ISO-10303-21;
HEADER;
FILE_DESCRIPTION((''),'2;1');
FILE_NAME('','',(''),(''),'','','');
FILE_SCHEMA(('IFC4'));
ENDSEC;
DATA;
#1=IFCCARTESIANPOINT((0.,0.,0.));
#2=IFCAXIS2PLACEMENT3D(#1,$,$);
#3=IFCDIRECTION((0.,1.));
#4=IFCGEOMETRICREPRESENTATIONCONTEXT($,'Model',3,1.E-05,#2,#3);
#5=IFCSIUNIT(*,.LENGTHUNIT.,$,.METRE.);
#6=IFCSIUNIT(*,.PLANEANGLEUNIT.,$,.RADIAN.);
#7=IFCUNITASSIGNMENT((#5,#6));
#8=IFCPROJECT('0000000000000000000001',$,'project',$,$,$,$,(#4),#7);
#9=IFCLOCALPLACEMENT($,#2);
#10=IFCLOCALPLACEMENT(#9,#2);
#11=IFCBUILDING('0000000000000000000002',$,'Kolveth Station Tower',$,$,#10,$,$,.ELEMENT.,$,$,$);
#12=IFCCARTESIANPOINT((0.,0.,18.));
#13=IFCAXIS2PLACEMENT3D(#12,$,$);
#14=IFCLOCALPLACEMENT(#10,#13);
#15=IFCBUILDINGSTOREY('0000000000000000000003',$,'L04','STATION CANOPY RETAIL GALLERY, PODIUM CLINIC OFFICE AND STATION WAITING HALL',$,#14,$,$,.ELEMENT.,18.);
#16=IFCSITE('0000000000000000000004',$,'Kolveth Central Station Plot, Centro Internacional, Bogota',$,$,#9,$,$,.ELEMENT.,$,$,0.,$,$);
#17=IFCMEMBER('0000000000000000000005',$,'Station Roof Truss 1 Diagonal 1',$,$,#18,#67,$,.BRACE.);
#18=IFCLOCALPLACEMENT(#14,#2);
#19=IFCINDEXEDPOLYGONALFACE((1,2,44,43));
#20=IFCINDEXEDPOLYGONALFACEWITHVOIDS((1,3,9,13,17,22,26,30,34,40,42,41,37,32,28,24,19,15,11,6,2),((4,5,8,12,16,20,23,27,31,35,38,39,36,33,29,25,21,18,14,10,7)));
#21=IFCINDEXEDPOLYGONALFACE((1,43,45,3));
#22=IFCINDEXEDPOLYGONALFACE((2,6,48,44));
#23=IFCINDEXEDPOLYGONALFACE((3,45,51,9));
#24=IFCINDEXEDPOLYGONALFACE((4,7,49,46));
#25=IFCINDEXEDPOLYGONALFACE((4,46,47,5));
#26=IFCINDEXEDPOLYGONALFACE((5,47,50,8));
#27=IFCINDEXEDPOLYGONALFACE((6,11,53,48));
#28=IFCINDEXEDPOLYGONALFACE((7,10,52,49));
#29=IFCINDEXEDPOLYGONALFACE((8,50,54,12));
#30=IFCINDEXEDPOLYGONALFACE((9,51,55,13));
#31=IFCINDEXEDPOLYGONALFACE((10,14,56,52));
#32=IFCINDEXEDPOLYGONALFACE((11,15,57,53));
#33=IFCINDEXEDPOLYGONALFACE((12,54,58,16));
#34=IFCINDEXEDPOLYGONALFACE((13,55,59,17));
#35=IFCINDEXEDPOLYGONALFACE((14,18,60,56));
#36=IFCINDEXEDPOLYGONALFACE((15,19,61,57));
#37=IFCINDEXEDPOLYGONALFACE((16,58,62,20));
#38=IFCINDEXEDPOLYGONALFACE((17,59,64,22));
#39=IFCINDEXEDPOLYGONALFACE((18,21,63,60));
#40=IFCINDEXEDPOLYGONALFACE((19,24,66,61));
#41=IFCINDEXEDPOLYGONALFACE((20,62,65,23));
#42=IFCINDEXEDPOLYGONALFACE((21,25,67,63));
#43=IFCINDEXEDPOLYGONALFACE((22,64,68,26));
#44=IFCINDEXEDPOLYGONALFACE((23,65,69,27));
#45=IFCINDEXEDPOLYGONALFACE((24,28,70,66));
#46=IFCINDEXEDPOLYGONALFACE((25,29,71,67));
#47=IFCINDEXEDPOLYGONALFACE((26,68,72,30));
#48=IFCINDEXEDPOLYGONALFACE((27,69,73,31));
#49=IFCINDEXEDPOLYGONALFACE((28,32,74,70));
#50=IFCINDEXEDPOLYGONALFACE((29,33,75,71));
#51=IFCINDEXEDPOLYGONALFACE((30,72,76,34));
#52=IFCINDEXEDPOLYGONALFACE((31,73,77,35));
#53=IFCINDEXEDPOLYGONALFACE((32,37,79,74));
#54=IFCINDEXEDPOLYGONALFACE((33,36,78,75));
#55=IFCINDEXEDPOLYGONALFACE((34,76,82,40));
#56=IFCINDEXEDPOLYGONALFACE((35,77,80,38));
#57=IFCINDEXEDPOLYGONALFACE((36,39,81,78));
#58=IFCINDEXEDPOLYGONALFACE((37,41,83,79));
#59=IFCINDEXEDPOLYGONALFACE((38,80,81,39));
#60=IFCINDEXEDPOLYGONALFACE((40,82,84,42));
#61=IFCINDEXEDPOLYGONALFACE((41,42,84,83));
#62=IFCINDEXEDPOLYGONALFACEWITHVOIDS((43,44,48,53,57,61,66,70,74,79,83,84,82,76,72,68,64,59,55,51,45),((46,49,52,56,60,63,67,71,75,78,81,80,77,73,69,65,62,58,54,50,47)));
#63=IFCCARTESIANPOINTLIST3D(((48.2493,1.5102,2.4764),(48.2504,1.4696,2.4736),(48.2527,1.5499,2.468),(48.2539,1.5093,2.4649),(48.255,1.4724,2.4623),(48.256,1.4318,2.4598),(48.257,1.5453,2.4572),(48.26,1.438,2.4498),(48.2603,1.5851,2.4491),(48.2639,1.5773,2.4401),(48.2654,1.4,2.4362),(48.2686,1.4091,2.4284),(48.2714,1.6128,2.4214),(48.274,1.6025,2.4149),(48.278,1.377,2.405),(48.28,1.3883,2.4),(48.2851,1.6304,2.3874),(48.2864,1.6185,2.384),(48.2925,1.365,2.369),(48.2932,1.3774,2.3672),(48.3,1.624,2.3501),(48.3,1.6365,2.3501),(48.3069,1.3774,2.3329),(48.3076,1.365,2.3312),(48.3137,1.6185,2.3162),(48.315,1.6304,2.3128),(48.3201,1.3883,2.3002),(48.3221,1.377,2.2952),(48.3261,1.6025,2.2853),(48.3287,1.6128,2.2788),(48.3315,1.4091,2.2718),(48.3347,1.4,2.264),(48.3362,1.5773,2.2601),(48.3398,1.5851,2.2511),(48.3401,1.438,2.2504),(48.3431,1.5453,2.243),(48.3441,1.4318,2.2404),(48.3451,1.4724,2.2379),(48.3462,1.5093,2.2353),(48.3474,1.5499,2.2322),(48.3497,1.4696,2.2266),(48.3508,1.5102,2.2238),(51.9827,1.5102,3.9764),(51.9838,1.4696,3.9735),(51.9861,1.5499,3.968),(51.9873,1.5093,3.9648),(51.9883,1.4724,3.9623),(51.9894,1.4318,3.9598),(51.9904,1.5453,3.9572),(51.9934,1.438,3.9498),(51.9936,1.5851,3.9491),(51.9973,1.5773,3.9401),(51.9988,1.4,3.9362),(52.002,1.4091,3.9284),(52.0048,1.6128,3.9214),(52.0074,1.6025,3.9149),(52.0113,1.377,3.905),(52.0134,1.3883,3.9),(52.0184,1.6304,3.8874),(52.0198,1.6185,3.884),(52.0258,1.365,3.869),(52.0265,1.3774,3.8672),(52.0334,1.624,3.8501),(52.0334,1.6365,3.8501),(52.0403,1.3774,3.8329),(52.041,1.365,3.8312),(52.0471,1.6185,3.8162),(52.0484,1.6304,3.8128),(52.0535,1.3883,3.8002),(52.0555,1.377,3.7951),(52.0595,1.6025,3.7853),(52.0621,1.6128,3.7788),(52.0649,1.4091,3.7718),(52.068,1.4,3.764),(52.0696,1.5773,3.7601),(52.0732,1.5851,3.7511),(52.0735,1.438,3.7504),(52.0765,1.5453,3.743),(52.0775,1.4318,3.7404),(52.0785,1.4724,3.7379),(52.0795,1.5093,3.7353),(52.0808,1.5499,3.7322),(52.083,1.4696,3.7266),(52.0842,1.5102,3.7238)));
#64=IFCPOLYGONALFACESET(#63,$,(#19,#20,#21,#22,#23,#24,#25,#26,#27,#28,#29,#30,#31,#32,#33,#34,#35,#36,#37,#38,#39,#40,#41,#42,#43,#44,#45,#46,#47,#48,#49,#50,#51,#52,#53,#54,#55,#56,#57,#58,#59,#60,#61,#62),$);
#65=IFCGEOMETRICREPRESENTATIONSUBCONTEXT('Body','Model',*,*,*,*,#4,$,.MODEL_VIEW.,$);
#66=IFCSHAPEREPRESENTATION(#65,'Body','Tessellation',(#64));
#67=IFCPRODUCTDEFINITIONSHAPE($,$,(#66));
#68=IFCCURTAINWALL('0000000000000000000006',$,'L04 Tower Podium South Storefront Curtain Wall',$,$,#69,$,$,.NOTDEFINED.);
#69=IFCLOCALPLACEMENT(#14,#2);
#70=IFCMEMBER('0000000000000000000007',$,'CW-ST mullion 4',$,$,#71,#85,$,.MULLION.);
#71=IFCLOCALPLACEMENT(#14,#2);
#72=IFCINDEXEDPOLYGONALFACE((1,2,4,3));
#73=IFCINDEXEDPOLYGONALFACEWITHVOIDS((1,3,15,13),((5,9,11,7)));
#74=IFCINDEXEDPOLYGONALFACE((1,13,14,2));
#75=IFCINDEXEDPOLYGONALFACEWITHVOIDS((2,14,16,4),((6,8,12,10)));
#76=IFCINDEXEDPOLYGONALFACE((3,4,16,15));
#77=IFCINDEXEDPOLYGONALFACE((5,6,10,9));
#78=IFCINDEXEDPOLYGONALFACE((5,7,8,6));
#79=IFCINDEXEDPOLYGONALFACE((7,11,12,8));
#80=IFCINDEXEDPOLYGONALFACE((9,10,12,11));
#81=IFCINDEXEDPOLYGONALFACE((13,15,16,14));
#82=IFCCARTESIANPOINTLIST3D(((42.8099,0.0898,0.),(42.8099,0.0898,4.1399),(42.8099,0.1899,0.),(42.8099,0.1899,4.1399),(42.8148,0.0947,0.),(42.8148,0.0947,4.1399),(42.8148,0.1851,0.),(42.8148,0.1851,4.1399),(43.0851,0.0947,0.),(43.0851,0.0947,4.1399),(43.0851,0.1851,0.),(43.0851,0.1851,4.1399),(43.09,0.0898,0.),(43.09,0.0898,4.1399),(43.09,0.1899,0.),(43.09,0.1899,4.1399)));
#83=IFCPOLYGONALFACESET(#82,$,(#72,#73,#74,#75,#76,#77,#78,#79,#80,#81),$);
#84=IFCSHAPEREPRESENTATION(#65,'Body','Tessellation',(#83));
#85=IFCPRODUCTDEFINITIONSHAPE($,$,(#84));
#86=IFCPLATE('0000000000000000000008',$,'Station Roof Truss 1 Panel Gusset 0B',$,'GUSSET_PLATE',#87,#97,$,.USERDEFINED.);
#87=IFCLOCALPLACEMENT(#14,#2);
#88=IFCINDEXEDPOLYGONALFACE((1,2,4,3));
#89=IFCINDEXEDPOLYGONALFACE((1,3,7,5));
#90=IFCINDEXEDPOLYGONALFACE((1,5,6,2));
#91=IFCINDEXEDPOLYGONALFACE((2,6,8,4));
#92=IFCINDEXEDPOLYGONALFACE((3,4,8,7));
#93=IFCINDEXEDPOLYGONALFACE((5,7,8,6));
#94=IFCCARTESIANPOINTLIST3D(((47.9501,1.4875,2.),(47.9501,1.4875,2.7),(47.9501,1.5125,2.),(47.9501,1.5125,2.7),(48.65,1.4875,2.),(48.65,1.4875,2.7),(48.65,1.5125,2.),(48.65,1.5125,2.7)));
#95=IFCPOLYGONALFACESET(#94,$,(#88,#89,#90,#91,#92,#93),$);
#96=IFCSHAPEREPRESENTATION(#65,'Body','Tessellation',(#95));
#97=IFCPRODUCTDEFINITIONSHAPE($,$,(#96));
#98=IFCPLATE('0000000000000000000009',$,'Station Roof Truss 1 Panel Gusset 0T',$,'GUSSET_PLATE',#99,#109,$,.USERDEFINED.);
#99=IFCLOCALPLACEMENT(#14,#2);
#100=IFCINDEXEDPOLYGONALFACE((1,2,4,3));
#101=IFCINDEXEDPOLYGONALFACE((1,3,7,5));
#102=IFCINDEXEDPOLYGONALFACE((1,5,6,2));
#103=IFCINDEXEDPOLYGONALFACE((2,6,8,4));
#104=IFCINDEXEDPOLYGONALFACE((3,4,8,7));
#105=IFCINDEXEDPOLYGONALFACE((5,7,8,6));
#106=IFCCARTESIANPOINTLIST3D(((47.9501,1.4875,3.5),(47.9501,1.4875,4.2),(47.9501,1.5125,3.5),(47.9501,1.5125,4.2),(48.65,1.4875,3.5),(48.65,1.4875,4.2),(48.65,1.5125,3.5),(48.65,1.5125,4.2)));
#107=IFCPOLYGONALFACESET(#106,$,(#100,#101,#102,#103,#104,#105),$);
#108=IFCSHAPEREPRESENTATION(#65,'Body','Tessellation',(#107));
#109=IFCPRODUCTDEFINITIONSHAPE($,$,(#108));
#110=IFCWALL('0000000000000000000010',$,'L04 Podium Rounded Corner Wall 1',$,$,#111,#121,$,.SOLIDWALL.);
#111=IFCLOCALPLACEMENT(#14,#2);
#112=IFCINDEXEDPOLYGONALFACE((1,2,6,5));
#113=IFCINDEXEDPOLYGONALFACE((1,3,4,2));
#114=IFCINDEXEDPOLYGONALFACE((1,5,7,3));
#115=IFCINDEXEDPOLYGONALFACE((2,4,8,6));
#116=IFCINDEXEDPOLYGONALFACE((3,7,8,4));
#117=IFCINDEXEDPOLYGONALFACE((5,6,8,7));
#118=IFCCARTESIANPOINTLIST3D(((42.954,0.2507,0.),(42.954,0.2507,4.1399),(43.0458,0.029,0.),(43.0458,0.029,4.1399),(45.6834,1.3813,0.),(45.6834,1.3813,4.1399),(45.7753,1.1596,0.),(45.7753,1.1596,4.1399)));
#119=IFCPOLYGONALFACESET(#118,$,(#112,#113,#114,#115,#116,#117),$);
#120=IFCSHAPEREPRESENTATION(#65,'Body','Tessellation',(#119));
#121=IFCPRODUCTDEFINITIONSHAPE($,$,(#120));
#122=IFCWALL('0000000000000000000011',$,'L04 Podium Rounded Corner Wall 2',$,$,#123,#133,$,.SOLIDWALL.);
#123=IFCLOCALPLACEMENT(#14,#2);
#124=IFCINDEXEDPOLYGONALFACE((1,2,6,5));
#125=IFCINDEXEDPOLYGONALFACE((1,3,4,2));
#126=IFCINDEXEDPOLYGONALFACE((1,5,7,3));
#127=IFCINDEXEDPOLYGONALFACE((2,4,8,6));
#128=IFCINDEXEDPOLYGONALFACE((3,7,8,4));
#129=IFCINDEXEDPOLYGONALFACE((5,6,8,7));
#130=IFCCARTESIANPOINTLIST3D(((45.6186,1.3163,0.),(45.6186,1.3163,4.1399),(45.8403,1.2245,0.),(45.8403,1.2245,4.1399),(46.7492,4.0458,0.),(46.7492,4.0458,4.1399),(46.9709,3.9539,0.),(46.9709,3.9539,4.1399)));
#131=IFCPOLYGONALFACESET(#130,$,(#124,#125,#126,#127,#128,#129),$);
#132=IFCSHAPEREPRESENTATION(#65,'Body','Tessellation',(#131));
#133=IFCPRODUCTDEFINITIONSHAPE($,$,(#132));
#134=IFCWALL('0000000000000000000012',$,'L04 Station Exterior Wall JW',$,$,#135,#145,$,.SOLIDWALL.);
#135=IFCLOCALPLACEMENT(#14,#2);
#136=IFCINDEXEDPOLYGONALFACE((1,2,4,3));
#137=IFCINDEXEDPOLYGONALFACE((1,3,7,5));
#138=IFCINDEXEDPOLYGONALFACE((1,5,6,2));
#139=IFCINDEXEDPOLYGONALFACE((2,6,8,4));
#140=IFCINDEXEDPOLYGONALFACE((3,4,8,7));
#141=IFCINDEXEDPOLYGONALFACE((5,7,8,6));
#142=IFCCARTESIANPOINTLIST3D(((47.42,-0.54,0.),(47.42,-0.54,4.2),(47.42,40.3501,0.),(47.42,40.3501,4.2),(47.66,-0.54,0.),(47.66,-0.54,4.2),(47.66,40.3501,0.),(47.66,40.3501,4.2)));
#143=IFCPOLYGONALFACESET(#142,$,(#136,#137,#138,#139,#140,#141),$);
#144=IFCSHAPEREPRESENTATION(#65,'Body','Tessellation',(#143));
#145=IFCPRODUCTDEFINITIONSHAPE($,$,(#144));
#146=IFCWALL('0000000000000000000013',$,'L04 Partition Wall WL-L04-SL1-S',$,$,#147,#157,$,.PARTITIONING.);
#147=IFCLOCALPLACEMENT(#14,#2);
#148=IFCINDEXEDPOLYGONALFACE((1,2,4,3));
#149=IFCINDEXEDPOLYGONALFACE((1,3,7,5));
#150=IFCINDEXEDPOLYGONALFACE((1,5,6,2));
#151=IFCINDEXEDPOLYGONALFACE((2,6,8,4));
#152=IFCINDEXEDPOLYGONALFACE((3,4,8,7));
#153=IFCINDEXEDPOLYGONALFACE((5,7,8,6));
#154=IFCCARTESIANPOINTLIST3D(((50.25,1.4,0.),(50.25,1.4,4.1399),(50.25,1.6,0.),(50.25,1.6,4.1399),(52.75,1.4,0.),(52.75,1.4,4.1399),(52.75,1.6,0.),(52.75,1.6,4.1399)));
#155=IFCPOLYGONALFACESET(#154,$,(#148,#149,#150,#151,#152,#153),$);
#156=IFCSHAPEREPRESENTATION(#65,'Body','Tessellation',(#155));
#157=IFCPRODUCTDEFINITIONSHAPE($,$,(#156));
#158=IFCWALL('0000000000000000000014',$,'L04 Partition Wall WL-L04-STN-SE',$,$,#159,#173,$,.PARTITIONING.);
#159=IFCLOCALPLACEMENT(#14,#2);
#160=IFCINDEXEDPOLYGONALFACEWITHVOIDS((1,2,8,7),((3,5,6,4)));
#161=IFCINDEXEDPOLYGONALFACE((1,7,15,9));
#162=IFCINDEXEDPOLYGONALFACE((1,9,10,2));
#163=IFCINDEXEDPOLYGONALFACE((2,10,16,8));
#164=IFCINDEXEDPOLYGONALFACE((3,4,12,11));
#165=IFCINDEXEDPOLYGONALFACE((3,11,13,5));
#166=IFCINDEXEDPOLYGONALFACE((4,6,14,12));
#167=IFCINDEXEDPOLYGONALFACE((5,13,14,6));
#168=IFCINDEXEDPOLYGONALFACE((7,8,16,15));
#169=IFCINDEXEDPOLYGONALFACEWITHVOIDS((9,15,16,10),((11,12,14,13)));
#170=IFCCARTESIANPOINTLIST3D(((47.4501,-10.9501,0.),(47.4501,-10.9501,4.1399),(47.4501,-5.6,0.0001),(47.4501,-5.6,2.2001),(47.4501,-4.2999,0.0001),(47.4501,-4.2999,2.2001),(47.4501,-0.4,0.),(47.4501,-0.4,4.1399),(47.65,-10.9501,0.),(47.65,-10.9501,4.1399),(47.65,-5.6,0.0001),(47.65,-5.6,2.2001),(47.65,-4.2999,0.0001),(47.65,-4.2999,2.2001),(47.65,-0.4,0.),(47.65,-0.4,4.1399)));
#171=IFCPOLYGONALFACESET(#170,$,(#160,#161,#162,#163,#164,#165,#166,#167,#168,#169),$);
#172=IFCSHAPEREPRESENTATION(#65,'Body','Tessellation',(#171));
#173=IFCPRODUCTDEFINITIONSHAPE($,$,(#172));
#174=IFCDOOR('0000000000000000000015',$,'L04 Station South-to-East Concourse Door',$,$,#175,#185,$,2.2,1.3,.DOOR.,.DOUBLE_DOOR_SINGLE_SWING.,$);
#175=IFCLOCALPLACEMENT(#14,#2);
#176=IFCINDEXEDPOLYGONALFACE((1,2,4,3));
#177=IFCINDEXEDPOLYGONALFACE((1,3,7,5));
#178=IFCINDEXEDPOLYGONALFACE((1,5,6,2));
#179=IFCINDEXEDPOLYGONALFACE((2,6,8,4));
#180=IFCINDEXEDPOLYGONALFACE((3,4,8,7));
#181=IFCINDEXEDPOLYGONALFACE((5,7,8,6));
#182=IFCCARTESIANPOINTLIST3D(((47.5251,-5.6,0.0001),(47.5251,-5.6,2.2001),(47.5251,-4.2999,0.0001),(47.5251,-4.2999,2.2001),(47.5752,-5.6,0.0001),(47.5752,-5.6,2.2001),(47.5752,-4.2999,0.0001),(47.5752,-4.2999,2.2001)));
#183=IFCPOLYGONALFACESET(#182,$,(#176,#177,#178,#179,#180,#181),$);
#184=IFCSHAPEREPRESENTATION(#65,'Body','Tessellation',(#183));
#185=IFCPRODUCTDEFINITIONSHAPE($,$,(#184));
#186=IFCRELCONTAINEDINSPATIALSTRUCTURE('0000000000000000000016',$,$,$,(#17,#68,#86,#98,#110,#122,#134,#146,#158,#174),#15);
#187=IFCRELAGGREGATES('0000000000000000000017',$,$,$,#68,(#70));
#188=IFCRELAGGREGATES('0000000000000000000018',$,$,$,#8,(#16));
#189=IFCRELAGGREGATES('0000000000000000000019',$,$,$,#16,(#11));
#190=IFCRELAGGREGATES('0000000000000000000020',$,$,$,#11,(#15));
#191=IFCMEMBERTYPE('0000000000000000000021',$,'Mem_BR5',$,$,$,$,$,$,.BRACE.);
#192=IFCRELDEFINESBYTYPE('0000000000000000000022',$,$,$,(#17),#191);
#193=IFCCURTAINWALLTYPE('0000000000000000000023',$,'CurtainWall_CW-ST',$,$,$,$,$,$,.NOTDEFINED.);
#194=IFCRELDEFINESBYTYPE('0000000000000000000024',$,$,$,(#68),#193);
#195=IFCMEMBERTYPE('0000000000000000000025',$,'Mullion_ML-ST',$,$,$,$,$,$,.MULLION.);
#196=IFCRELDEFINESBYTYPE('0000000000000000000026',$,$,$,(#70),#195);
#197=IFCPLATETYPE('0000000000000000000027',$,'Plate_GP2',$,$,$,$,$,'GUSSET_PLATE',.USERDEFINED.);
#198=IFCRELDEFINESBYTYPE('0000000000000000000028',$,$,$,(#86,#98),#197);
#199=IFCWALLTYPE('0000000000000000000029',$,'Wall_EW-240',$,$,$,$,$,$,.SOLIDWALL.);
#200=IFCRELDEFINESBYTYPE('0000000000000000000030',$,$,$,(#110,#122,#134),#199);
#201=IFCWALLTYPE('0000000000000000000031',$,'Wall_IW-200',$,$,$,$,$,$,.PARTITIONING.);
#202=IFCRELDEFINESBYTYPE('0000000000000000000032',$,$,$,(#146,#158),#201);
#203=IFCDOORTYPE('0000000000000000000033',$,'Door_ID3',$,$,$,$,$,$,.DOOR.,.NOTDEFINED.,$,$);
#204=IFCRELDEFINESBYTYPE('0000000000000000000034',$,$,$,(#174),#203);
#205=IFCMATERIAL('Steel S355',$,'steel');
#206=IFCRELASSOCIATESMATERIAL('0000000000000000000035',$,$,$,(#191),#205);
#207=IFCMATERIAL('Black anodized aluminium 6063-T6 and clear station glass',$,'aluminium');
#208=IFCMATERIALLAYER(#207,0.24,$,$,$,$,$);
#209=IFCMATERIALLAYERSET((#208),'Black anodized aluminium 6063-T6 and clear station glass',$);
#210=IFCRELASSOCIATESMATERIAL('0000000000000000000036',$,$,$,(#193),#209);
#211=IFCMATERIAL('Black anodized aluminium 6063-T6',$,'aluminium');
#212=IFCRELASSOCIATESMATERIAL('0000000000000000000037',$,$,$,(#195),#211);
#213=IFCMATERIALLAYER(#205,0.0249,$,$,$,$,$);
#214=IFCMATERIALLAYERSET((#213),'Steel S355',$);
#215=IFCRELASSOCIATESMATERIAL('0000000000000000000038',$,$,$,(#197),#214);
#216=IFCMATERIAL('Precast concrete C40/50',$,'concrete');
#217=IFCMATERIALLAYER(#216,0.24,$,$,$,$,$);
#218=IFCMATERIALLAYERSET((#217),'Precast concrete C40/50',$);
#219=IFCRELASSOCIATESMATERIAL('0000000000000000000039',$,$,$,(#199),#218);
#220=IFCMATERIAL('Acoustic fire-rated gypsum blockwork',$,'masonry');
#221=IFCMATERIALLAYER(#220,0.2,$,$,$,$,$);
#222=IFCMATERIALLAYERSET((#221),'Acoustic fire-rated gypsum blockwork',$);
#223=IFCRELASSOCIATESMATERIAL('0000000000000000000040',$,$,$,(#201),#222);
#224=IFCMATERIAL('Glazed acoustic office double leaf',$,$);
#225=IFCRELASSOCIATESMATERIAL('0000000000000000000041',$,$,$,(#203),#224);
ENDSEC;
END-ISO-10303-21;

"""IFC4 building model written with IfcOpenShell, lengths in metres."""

from ifc_helpers import new_model, si_unit, direction, frame, frame_2d, origin, origin_2d, place, context, subcontext, project, spatial, rectangle, hollow_rectangle, hollow_circle, extrude, source, transform, mapped, material, layer, layer_set, material_profile, profile_set, type_object, element, fill, aggregate, save


model = new_model("IFC4")

# Units and contexts
model_context = context("Model", 3, precision=1e-05, world=origin(), true_north=direction((0.0, 1.0)))
body_context = subcontext(model_context, "Body", "Model", "MODEL_VIEW")
ifc_project = project(units=[si_unit("LENGTHUNIT", "METRE"), si_unit("PLANEANGLEUNIT", "RADIAN")], contexts=[model_context])

# Site, building, storey
site_placement = place(None, origin())
site = spatial("IfcSite", under=ifc_project, at=site_placement, Name="Kolveth Central Station Plot, Centro Internacional, Bogota", CompositionType="ELEMENT", RefElevation=0.0)
building_placement = place(site_placement, origin())
building = spatial("IfcBuilding", under=site, at=building_placement, Name="Kolveth Station Tower", CompositionType="ELEMENT")
storey_placement = place(building_placement, frame((0.0, 0.0, 18.0)))
storey = spatial("IfcBuildingStorey", under=building, at=storey_placement, Name="L04", Description="STATION CANOPY RETAIL GALLERY, PODIUM CLINIC OFFICE AND STATION WAITING HALL", CompositionType="ELEMENT", Elevation=18.0)

# Shared definitions
ifc_material_1 = material(Name="Steel S355", Category="steel")

# Member
ifc_material_profile_1 = material_profile(ifc_material_1, hollow_circle(Radius=0.1365, WallThickness=0.0125, at=origin_2d()), Name="CHS273x12.5")
ifc_profile_set_1 = profile_set([ifc_material_profile_1], Name="Steel S355")
member_type_1 = type_object("IfcMemberType", Name="Mem_BR5", PredefinedType="BRACE", material=ifc_profile_set_1)
shared_shape_1 = source(origin(), body_context, "Body", "SweptSolid", [
    extrude(hollow_circle(Radius=0.1365, WallThickness=0.0125, at=origin_2d()), origin(), (0.0, 0.0, 1.0), 4.0234),
])
member_1_placement = place(storey_placement, frame((48.3, 1.5, 2.3501), z_axis=(0.927906, 0.0, 0.372813), x_axis=(0.0, 1.0, 0.0)))
element("IfcMember", 1, at=member_1_placement, inside=storey, type_object=member_type_1, Name="Station Roof Truss 1 Diagonal 1", PredefinedType="BRACE", context=body_context, shape_type="MappedRepresentation", body=[
    mapped(shared_shape_1, transform((0.0, 0.0, 0.0), x_axis=(1.0, 0.0, 0.0), y_axis=(0.0, 1.0, 0.0), z_axis=(0.0, 0.0, 1.0), scale=1.0)),
])

# Curtain wall, member
ifc_material_2 = material(Name="Black anodized aluminium 6063-T6 and clear station glass", Category="aluminium")
ifc_layer_1 = layer(ifc_material_2, 0.24)
ifc_layer_set_1 = layer_set([ifc_layer_1], Name="Black anodized aluminium 6063-T6 and clear station glass")
curtain_wall_type = type_object("IfcCurtainWallType", Name="CurtainWall_CW-ST", PredefinedType="NOTDEFINED", material=ifc_layer_set_1)
curtain_wall_placement = place(storey_placement, origin())
curtain_wall = element("IfcCurtainWall", 2, at=curtain_wall_placement, inside=storey, type_object=curtain_wall_type, Name="L04 Tower Podium South Storefront Curtain Wall", PredefinedType="NOTDEFINED")
ifc_material_3 = material(Name="Black anodized aluminium 6063-T6", Category="aluminium")
ifc_material_profile_2 = material_profile(ifc_material_3, hollow_rectangle(XDim=0.1001, YDim=0.28, WallThickness=0.0049, at=origin_2d()), Name="ALU-100x280x5")
ifc_profile_set_2 = profile_set([ifc_material_profile_2], Name="Black anodized aluminium 6063-T6")
member_type_2 = type_object("IfcMemberType", Name="Mullion_ML-ST", PredefinedType="MULLION", material=ifc_profile_set_2)
shared_shape_2 = source(origin(), body_context, "Body", "SweptSolid", [
    extrude(hollow_rectangle(XDim=0.1001, YDim=0.28, WallThickness=0.0049, at=origin_2d()), origin(), (0.0, 0.0, 1.0), 4.1399),
])
member_2_placement = place(storey_placement, frame((42.95, 0.1399, 0.0), z_axis=(0.0, 0.0, 1.0), x_axis=(0.0, 1.0, 0.0)))
member_2 = element("IfcMember", 3, at=member_2_placement, type_object=member_type_2, Name="CW-ST mullion 4", PredefinedType="MULLION", context=body_context, shape_type="MappedRepresentation", body=[
    mapped(shared_shape_2, transform((0.0, 0.0, 0.0), x_axis=(1.0, 0.0, 0.0), y_axis=(0.0, 1.0, 0.0), z_axis=(0.0, 0.0, 1.0), scale=1.0)),
])
aggregate(curtain_wall, [member_2])

# Plates
ifc_layer_2 = layer(ifc_material_1, 0.0249)
ifc_layer_set_2 = layer_set([ifc_layer_2], Name="Steel S355")
plate_type = type_object("IfcPlateType", Name="Plate_GP2", ElementType="GUSSET_PLATE", PredefinedType="USERDEFINED", material=ifc_layer_set_2)
shared_shape_3 = source(origin(), body_context, "Body", "SweptSolid", [
    extrude(rectangle(XDim=0.7, YDim=0.0249, at=origin_2d()), origin(), (0.0, 0.0, 1.0), 0.7),
])
for number, where, z_axis, x_axis, name in (
    (4, (48.3, 1.5, 2.0), (0.0, 0.0, 1.0), (1.0, 0.0, 0.0), "Station Roof Truss 1 Panel Gusset 0B"),
    (5, (48.3, 1.5, 3.5), (0.0, 0.0, 1.0), (1.0, 0.0, 0.0), "Station Roof Truss 1 Panel Gusset 0T"),
):
    element("IfcPlate", number, at=place(storey_placement, frame(where, z_axis=z_axis, x_axis=x_axis)), inside=storey, type_object=plate_type, Name=name, ObjectType="GUSSET_PLATE", PredefinedType="USERDEFINED", context=body_context, shape_type="MappedRepresentation", body=[
        mapped(shared_shape_3, transform((0.0, 0.0, 0.0), x_axis=(1.0, 0.0, 0.0), y_axis=(0.0, 1.0, 0.0), z_axis=(0.0, 0.0, 1.0), scale=1.0)),
    ])

# Walls
ifc_material_4 = material(Name="Precast concrete C40/50", Category="concrete")
ifc_layer_3 = layer(ifc_material_4, 0.24)
ifc_layer_set_3 = layer_set([ifc_layer_3], Name="Precast concrete C40/50")
wall_type_1 = type_object("IfcWallType", Name="Wall_EW-240", PredefinedType="SOLIDWALL", material=ifc_layer_set_3)
for number, where, z_axis, x_axis, name in (
    (6, (43.0, 0.1399, 0.0), (0.0, 0.0, 1.0), (0.923877, 0.38269, 0.0), "L04 Podium Rounded Corner Wall 1"),
    (7, (45.7295, 1.2705, 0.0), (0.0, 0.0, 1.0), (0.38269, 0.923877, 0.0), "L04 Podium Rounded Corner Wall 2"),
):
    element("IfcWall", number, at=place(storey_placement, frame(where, z_axis=z_axis, x_axis=x_axis)), inside=storey, type_object=wall_type_1, Name=name, PredefinedType="SOLIDWALL", context=body_context, shape_type="SweptSolid", body=[
        extrude(rectangle(XDim=2.9543, YDim=0.24, at=frame_2d((1.4771, 0.0))), origin(), (0.0, 0.0, 1.0), 4.1399),
    ])
wall_1_placement = place(storey_placement, frame((47.54, -0.54, 0.0), z_axis=(0.0, 0.0, 1.0), x_axis=(0.0, 1.0, 0.0)))
element("IfcWall", 8, at=wall_1_placement, inside=storey, type_object=wall_type_1, Name="L04 Station Exterior Wall JW", PredefinedType="SOLIDWALL", context=body_context, shape_type="SweptSolid", body=[
    extrude(rectangle(XDim=40.8901, YDim=0.24, at=frame_2d((20.4451, 0.0))), origin(), (0.0, 0.0, 1.0), 4.2),
])
ifc_material_5 = material(Name="Acoustic fire-rated gypsum blockwork", Category="masonry")
ifc_layer_4 = layer(ifc_material_5, 0.2)
ifc_layer_set_4 = layer_set([ifc_layer_4], Name="Acoustic fire-rated gypsum blockwork")
wall_type_2 = type_object("IfcWallType", Name="Wall_IW-200", PredefinedType="PARTITIONING", material=ifc_layer_set_4)
wall_2_placement = place(storey_placement, frame((50.25, 1.5, 0.0), z_axis=(0.0, 0.0, 1.0), x_axis=(1.0, 0.0, 0.0)))
element("IfcWall", 9, at=wall_2_placement, inside=storey, type_object=wall_type_2, Name="L04 Partition Wall WL-L04-SL1-S", PredefinedType="PARTITIONING", context=body_context, shape_type="SweptSolid", body=[
    extrude(rectangle(XDim=2.5, YDim=0.2, at=frame_2d((1.25, 0.0))), origin(), (0.0, 0.0, 1.0), 4.1399),
])

# Wall, opening, door
wall_3_placement = place(storey_placement, frame((47.55, -10.95, 0.0), z_axis=(0.0, 0.0, 1.0), x_axis=(0.0, 1.0, 0.0)))
wall_3 = element("IfcWall", 10, at=wall_3_placement, inside=storey, type_object=wall_type_2, Name="L04 Partition Wall WL-L04-STN-SE", PredefinedType="PARTITIONING", context=body_context, shape_type="SweptSolid", body=[
    extrude(rectangle(XDim=10.55, YDim=0.2, at=frame_2d((5.2749, 0.0))), origin(), (0.0, 0.0, 1.0), 4.1399),
])
opening_placement = place(wall_3_placement, frame((5.3501, 0.0, 0.0)))
opening = element("IfcOpeningElement", 11, at=opening_placement, cuts=wall_3, PredefinedType="OPENING", context=body_context, shape_type="SweptSolid", body=[
    extrude(rectangle(XDim=1.3, YDim=2.2, at=frame_2d((0.6499, 1.1001))), frame((0.0, 0.1099, 0.0), z_axis=(0.0, -1.0, 0.0), x_axis=(1.0, 0.0, 0.0)), (0.0, 0.0, 1.0), 0.22),
])
ifc_material_6 = material(Name="Glazed acoustic office double leaf")
door_type = type_object("IfcDoorType", Name="Door_ID3", OperationType="NOTDEFINED", PredefinedType="DOOR", material=ifc_material_6)
door_placement = place(opening_placement, origin())
door = element("IfcDoor", 12, at=door_placement, inside=storey, type_object=door_type, Name="L04 Station South-to-East Concourse Door", OperationType="DOUBLE_DOOR_SINGLE_SWING", OverallHeight=2.2, OverallWidth=1.3, PredefinedType="DOOR", context=body_context, shape_type="SweptSolid", body=[
    extrude(rectangle(XDim=1.3, YDim=2.2, at=frame_2d((0.6499, 1.1001))), frame((0.0, 0.0249, 0.0), z_axis=(0.0, -1.0, 0.0), x_axis=(1.0, 0.0, 0.0)), (0.0, 0.0, 1.0), 0.05),
])
fill(opening, door)

save(model, "model.ifc")
